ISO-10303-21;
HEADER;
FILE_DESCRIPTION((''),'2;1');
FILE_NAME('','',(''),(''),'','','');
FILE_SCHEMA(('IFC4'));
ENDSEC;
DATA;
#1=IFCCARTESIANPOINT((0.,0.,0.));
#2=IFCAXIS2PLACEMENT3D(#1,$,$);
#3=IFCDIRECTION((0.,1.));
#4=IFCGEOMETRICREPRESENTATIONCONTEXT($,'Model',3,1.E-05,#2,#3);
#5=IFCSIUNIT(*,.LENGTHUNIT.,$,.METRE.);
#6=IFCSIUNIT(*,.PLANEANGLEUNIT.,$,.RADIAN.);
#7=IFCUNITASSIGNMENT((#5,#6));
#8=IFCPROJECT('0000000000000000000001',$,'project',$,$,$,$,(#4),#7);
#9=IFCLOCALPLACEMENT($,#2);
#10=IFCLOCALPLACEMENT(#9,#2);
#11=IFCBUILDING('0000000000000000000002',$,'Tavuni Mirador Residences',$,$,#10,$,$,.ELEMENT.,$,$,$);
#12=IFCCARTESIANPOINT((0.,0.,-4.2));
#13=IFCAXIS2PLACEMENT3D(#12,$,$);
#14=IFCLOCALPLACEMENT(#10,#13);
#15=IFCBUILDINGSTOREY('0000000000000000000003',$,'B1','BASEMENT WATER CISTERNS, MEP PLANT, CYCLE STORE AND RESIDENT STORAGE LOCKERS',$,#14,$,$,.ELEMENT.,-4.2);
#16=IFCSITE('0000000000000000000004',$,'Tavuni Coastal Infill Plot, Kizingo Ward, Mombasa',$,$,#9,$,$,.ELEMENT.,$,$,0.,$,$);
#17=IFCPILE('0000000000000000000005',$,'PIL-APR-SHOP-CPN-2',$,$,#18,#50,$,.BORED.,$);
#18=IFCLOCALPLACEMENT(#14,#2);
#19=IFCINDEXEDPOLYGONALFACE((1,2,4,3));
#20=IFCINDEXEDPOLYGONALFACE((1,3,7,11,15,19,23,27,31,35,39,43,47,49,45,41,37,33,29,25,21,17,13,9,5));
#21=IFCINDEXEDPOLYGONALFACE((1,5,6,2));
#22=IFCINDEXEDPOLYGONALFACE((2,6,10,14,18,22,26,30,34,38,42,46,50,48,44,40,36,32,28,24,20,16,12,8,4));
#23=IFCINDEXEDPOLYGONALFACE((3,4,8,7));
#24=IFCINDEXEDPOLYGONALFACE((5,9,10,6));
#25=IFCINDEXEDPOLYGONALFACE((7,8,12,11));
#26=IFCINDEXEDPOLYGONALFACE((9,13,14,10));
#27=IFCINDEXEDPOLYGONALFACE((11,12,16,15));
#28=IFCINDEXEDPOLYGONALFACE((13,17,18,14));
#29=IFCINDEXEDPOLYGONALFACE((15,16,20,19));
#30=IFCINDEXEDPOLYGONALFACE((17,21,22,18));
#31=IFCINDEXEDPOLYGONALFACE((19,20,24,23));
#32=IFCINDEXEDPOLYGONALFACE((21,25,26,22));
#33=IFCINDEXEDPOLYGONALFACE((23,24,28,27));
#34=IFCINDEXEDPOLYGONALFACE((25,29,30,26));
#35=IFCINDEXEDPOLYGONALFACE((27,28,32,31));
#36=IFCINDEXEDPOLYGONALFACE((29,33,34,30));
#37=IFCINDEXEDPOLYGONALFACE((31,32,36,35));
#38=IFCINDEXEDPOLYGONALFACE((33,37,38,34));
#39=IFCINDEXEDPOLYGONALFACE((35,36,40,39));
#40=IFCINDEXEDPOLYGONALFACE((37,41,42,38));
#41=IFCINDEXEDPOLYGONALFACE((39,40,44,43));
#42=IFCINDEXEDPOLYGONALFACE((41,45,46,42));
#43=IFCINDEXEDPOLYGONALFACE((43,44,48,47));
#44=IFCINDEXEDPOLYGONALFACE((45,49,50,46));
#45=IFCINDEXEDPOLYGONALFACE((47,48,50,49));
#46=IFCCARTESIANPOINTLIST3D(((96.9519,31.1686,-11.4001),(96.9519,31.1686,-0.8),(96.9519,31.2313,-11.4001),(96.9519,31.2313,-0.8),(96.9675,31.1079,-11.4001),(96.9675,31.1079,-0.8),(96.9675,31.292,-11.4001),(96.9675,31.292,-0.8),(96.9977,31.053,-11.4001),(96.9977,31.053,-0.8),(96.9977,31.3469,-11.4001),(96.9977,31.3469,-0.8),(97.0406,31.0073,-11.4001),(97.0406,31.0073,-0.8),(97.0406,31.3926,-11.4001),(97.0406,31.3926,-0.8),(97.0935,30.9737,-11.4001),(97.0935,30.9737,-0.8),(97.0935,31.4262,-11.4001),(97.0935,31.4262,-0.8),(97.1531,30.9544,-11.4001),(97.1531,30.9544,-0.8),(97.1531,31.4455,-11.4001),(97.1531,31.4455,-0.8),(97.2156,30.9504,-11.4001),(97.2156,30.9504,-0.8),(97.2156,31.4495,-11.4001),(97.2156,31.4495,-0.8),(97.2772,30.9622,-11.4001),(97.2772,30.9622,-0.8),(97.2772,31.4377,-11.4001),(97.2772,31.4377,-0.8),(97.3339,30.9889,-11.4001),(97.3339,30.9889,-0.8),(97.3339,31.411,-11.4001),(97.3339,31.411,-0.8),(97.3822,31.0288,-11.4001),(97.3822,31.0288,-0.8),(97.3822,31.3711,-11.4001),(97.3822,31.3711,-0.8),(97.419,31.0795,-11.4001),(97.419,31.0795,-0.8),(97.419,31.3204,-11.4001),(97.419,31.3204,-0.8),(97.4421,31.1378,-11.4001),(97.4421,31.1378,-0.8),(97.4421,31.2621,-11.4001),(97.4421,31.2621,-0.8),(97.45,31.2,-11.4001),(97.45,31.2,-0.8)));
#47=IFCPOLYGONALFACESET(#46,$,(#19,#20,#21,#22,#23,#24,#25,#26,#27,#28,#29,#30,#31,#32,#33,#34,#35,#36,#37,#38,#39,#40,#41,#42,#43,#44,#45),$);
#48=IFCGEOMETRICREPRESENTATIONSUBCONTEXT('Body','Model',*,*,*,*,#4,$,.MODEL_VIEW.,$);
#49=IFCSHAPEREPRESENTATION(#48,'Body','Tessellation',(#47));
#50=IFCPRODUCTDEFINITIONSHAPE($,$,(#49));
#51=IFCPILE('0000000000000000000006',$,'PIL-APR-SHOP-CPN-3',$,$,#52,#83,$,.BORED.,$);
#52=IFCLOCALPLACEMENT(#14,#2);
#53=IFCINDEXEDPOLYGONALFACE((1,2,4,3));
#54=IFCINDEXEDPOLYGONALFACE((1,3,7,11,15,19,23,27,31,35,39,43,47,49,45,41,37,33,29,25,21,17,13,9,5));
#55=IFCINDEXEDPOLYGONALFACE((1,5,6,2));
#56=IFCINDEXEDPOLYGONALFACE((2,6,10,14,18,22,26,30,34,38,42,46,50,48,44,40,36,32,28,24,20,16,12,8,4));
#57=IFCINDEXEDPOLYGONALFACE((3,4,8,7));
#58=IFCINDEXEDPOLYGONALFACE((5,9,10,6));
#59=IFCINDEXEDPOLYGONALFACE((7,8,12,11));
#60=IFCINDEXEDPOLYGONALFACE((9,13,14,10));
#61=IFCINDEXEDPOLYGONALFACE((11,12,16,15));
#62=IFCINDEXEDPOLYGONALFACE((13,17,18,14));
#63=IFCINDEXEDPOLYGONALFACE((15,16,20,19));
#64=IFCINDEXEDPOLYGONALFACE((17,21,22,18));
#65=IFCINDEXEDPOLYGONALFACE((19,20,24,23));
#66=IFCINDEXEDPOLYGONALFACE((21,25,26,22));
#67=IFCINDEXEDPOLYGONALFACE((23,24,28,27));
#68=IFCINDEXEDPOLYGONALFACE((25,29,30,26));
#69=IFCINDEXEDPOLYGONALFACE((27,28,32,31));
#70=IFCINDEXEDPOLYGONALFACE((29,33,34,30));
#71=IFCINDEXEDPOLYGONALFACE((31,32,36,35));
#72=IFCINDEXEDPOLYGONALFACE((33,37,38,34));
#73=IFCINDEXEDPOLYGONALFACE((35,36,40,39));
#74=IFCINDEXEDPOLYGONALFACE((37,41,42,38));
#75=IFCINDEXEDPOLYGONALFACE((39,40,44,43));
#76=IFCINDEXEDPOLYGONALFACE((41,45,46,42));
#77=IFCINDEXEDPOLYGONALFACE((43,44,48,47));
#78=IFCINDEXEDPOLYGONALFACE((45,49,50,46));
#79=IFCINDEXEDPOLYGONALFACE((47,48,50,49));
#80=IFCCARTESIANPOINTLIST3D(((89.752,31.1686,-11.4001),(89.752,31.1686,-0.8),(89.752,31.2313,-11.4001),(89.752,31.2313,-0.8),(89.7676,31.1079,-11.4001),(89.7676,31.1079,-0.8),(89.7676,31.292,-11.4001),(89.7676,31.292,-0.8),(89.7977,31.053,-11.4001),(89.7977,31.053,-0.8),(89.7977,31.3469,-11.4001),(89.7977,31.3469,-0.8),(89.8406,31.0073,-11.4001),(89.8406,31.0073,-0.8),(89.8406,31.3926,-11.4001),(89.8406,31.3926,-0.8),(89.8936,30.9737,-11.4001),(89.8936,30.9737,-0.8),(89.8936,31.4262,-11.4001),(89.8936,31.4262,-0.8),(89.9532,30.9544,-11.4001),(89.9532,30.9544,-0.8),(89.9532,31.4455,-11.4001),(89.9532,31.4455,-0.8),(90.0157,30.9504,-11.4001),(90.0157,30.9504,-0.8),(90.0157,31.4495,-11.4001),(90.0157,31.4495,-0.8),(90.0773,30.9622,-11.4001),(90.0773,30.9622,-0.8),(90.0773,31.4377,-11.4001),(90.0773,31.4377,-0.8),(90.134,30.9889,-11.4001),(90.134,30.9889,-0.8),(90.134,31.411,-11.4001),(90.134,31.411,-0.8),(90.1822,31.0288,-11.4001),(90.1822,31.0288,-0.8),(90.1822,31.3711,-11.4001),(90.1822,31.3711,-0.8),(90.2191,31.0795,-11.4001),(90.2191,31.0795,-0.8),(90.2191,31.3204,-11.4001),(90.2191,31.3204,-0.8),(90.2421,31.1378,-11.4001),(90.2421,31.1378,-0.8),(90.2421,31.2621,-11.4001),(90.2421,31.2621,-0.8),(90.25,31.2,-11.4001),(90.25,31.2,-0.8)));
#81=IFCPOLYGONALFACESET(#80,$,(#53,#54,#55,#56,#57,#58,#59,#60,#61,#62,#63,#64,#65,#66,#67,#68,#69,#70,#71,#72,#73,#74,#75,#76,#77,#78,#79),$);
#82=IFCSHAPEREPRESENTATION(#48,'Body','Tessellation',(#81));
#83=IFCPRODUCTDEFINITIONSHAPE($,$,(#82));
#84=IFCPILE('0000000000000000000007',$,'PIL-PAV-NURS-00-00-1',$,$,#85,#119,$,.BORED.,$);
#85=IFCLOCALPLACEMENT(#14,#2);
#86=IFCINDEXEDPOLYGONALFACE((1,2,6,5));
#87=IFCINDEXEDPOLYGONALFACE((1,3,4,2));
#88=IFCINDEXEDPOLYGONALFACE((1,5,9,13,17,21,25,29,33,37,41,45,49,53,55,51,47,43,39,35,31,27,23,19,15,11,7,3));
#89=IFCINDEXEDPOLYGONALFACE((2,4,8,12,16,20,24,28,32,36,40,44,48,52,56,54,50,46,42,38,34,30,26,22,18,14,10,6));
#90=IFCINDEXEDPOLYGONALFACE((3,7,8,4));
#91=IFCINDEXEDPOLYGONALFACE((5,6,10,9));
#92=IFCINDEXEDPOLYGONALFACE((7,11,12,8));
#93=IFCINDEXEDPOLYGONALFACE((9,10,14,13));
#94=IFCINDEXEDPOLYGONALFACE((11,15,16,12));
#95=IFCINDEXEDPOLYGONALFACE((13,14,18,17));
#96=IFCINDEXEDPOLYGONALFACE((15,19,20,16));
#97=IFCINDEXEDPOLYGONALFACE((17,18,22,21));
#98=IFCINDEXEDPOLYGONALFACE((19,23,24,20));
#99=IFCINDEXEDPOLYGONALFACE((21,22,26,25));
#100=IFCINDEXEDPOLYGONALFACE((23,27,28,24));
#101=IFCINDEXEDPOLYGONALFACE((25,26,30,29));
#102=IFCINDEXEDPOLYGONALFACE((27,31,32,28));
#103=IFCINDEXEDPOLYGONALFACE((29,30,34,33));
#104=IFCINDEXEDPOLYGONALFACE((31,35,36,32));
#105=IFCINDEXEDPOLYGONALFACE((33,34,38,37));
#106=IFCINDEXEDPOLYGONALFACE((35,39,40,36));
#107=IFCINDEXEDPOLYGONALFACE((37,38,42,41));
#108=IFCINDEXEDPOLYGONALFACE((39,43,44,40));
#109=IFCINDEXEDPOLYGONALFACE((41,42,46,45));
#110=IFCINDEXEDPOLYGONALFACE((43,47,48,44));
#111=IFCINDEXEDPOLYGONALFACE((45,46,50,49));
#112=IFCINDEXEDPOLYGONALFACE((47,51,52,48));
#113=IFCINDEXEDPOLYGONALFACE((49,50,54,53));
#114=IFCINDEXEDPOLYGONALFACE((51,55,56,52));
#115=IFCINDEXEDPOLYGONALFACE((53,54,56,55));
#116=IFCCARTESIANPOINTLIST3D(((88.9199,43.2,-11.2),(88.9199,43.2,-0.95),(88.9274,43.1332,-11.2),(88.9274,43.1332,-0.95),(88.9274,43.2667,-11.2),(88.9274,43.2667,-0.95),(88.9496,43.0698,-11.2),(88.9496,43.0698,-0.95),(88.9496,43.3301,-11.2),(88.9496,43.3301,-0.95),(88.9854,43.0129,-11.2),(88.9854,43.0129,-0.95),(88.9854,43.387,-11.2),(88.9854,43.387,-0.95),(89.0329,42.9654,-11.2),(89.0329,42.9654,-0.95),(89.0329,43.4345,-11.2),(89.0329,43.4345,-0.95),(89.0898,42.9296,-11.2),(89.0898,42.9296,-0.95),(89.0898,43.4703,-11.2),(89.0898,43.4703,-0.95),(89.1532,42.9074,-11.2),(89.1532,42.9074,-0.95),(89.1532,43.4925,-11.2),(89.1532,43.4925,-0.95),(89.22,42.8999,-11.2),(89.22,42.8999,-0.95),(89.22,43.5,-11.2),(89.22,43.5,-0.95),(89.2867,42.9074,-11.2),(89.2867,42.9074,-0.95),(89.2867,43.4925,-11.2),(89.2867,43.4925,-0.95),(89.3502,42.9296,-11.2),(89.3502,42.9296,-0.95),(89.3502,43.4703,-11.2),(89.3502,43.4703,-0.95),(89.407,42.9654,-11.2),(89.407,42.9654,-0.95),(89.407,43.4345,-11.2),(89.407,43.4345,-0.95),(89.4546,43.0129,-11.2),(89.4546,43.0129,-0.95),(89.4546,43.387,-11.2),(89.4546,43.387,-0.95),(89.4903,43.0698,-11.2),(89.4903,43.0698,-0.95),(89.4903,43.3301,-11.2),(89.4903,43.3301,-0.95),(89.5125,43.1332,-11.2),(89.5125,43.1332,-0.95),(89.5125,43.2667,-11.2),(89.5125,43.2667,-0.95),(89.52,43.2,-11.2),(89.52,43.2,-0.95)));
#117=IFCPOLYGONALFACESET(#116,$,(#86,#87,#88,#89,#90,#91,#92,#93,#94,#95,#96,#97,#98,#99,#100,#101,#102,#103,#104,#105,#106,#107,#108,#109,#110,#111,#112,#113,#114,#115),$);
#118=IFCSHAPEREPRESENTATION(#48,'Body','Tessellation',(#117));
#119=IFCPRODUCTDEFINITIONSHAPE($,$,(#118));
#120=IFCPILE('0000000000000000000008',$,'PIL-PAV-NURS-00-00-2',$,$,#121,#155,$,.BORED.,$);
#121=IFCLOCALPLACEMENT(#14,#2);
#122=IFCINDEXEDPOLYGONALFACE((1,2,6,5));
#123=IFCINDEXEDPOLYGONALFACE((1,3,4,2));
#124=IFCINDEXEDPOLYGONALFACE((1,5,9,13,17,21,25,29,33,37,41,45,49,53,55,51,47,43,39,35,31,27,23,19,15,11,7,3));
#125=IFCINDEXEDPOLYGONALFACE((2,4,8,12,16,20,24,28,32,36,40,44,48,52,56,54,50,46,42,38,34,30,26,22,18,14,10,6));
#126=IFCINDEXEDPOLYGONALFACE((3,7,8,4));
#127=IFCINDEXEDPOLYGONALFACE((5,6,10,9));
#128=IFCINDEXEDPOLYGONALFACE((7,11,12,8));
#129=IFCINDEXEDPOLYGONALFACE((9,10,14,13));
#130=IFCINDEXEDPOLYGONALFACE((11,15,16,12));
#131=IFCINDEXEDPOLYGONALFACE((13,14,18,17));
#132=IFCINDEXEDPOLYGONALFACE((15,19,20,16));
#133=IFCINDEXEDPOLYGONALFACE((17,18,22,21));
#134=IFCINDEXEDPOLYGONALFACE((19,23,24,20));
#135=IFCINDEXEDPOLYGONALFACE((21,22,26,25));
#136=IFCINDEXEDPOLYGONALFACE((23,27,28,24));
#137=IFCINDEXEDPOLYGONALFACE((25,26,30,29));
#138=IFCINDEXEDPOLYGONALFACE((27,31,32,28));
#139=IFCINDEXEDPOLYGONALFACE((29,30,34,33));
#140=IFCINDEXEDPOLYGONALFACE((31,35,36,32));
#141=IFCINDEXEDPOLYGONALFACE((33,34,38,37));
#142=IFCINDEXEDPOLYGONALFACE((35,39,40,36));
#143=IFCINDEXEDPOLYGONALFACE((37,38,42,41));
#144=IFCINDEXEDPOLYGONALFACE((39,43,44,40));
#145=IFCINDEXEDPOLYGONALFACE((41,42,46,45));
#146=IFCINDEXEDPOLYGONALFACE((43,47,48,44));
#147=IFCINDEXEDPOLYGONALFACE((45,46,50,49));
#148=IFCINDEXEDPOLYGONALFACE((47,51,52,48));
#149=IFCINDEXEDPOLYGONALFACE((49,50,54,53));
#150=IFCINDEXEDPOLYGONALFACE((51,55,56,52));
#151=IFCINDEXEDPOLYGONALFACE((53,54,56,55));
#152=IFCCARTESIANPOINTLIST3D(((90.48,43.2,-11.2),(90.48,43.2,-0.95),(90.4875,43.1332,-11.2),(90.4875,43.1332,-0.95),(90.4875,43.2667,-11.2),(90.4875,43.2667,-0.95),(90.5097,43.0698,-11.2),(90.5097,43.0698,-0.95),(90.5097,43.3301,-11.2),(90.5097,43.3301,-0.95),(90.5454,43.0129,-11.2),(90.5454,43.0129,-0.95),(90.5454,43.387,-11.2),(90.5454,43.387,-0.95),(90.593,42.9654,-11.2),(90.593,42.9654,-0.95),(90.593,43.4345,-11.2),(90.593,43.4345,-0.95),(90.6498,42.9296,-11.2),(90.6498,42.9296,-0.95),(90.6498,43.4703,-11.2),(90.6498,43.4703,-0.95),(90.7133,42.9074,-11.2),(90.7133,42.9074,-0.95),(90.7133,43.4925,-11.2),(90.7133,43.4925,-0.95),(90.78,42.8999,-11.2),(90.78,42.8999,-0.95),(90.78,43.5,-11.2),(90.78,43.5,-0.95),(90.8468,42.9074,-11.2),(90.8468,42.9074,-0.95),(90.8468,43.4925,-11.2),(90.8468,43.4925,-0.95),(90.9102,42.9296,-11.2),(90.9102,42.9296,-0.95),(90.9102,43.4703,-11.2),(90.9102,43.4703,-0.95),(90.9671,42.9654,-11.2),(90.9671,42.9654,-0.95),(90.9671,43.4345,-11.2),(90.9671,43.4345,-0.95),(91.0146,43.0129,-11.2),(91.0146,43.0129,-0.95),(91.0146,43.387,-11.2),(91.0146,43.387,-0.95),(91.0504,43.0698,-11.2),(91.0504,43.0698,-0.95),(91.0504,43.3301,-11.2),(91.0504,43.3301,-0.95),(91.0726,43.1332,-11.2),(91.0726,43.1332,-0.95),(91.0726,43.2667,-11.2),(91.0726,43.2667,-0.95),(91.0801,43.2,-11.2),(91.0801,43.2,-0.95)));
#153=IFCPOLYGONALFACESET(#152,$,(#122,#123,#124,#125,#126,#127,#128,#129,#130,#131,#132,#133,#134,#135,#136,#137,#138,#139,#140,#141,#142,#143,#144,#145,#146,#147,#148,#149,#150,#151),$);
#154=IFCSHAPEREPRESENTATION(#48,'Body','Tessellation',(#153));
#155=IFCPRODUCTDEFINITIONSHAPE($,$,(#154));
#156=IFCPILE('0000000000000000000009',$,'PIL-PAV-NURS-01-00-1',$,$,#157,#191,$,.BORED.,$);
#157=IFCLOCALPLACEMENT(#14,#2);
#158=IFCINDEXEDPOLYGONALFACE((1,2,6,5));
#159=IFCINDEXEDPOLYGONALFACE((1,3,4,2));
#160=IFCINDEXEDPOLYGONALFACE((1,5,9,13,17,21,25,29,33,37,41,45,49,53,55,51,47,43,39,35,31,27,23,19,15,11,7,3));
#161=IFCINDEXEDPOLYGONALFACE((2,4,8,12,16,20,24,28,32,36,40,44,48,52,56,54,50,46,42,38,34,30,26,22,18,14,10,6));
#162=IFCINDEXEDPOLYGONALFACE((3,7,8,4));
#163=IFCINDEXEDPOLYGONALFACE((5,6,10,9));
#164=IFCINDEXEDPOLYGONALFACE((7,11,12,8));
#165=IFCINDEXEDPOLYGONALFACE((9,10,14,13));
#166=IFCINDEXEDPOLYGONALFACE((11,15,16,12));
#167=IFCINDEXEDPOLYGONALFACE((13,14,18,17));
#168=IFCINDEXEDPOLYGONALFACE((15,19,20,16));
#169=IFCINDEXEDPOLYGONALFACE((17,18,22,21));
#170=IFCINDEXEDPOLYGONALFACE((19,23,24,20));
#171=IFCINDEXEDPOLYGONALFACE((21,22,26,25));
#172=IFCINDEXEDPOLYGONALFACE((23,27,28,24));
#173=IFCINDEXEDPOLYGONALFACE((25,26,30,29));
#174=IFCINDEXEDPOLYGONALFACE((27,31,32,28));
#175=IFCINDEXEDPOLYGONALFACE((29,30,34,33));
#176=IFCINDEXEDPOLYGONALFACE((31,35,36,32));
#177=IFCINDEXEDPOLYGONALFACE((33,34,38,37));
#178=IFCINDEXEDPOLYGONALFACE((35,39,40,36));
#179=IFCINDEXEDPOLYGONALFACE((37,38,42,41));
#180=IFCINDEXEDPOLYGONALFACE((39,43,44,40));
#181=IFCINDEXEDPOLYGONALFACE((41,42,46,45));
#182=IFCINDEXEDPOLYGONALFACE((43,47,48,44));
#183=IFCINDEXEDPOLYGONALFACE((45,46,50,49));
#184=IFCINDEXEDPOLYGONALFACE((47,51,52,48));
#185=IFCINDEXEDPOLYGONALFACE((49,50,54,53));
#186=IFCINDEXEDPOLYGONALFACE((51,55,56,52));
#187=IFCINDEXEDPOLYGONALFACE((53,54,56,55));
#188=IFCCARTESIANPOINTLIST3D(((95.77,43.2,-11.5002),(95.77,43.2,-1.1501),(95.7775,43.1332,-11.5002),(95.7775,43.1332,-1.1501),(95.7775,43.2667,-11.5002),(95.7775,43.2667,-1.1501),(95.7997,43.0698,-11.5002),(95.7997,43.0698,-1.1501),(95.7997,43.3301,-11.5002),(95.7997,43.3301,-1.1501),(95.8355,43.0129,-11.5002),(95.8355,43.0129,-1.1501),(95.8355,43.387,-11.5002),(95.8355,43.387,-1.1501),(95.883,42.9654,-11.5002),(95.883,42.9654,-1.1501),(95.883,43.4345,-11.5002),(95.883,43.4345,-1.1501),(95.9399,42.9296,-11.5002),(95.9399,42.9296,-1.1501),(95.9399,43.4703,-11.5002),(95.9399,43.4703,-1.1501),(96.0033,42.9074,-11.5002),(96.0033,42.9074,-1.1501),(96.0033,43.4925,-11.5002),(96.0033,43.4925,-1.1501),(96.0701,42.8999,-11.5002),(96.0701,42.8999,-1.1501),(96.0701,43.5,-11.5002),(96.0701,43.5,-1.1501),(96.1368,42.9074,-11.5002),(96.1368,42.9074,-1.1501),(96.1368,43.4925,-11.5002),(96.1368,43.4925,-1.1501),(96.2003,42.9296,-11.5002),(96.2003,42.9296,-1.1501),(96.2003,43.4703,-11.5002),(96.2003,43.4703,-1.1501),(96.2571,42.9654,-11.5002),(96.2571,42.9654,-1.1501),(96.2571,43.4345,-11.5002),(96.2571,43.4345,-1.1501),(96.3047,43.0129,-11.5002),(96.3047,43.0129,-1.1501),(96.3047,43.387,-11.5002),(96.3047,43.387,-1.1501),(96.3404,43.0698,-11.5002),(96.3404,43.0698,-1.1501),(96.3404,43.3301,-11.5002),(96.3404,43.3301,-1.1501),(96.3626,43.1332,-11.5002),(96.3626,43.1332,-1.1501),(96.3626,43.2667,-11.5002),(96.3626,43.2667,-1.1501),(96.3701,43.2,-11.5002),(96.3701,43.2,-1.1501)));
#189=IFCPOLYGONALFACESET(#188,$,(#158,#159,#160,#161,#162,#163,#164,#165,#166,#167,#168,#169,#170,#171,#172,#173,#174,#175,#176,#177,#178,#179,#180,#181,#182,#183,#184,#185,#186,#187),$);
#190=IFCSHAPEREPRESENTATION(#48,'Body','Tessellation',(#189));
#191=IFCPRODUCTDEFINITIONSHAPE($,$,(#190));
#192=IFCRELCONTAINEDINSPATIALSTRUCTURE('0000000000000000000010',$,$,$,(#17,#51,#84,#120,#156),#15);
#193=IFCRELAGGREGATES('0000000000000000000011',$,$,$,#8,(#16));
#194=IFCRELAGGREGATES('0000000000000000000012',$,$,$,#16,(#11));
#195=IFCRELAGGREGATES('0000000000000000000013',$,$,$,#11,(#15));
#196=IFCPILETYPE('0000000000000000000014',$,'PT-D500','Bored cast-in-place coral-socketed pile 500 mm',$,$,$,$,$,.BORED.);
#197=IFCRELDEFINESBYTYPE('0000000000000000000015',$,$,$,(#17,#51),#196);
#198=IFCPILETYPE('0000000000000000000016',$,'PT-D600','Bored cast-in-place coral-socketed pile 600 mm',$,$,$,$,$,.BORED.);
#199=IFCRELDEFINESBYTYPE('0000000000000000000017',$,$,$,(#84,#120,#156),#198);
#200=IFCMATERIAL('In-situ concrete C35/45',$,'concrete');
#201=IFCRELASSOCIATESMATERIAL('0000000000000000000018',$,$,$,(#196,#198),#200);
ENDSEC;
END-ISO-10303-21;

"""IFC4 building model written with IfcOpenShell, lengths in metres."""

from ifc_helpers import new_model, si_unit, direction, frame, origin, origin_2d, place, context, subcontext, project, spatial, circle, extrude, material, material_profile, profile_set, type_object, element, save


model = new_model("IFC4")

# Units and contexts
model_context = context("Model", 3, precision=1e-05, world=origin(), true_north=direction((0.0, 1.0)))
body_context = subcontext(model_context, "Body", "Model", "MODEL_VIEW")
ifc_project = project(units=[si_unit("LENGTHUNIT", "METRE"), si_unit("PLANEANGLEUNIT", "RADIAN")], contexts=[model_context])

# Site, building, storey
site_placement = place(None, origin())
site = spatial("IfcSite", under=ifc_project, at=site_placement, Name="Tavuni Coastal Infill Plot, Kizingo Ward, Mombasa", CompositionType="ELEMENT", RefElevation=0.0)
building_placement = place(site_placement, origin())
building = spatial("IfcBuilding", under=site, at=building_placement, Name="Tavuni Mirador Residences", CompositionType="ELEMENT")
storey_placement = place(building_placement, frame((0.0, 0.0, -4.2)))
storey = spatial("IfcBuildingStorey", under=building, at=storey_placement, Name="B1", Description="BASEMENT WATER CISTERNS, MEP PLANT, CYCLE STORE AND RESIDENT STORAGE LOCKERS", CompositionType="ELEMENT", Elevation=-4.2)

# Shared definitions
ifc_material_1 = material(Name="In-situ concrete C35/45", Category="concrete")

# Piles
ifc_material_profile_1 = material_profile(ifc_material_1, circle(Radius=0.25, at=origin_2d()), Name="PILE D500", Category="concrete")
ifc_profile_set_1 = profile_set([ifc_material_profile_1], Name="In-situ concrete C35/45")
pile_type_1 = type_object("IfcPileType", Name="PT-D500", Description="Bored cast-in-place coral-socketed pile 500 mm", PredefinedType="BORED", material=ifc_profile_set_1)
for number, where, z_axis, x_axis, name in (
    (1, (97.2, 31.2, -0.8), (0.0, 0.0, -1.0), (1.0, 0.0, 0.0), "PIL-APR-SHOP-CPN-2"),
    (2, (90.0, 31.2, -0.8), (0.0, 0.0, -1.0), (1.0, 0.0, 0.0), "PIL-APR-SHOP-CPN-3"),
):
    element("IfcPile", number, at=place(storey_placement, frame(where, z_axis=z_axis, x_axis=x_axis)), inside=storey, type_object=pile_type_1, Name=name, PredefinedType="BORED", context=body_context, shape_type="SweptSolid", body=[
        extrude(circle(Radius=0.25, at=origin_2d()), origin(), (0.0, 0.0, 1.0), 10.6001),
    ])
ifc_material_profile_2 = material_profile(ifc_material_1, circle(Radius=0.3, at=origin_2d()), Name="PILE D600", Category="concrete")
ifc_profile_set_2 = profile_set([ifc_material_profile_2], Name="In-situ concrete C35/45")
pile_type_2 = type_object("IfcPileType", Name="PT-D600", Description="Bored cast-in-place coral-socketed pile 600 mm", PredefinedType="BORED", material=ifc_profile_set_2)
for number, where, z_axis, x_axis, name in (
    (3, (89.22, 43.2, -0.95), (0.0, 0.0, -1.0), (1.0, 0.0, 0.0), "PIL-PAV-NURS-00-00-1"),
    (4, (90.78, 43.2, -0.95), (0.0, 0.0, -1.0), (1.0, 0.0, 0.0), "PIL-PAV-NURS-00-00-2"),
):
    element("IfcPile", number, at=place(storey_placement, frame(where, z_axis=z_axis, x_axis=x_axis)), inside=storey, type_object=pile_type_2, Name=name, PredefinedType="BORED", context=body_context, shape_type="SweptSolid", body=[
        extrude(circle(Radius=0.3, at=origin_2d()), origin(), (0.0, 0.0, 1.0), 10.25),
    ])
pile_1_placement = place(storey_placement, frame((96.0701, 43.2, -1.1501), z_axis=(0.0, 0.0, -1.0), x_axis=(1.0, 0.0, 0.0)))
element("IfcPile", 5, at=pile_1_placement, inside=storey, type_object=pile_type_2, Name="PIL-PAV-NURS-01-00-1", PredefinedType="BORED", context=body_context, shape_type="SweptSolid", body=[
    extrude(circle(Radius=0.3, at=origin_2d()), origin(), (0.0, 0.0, 1.0), 10.3501),
])

save(model, "model.ifc")
